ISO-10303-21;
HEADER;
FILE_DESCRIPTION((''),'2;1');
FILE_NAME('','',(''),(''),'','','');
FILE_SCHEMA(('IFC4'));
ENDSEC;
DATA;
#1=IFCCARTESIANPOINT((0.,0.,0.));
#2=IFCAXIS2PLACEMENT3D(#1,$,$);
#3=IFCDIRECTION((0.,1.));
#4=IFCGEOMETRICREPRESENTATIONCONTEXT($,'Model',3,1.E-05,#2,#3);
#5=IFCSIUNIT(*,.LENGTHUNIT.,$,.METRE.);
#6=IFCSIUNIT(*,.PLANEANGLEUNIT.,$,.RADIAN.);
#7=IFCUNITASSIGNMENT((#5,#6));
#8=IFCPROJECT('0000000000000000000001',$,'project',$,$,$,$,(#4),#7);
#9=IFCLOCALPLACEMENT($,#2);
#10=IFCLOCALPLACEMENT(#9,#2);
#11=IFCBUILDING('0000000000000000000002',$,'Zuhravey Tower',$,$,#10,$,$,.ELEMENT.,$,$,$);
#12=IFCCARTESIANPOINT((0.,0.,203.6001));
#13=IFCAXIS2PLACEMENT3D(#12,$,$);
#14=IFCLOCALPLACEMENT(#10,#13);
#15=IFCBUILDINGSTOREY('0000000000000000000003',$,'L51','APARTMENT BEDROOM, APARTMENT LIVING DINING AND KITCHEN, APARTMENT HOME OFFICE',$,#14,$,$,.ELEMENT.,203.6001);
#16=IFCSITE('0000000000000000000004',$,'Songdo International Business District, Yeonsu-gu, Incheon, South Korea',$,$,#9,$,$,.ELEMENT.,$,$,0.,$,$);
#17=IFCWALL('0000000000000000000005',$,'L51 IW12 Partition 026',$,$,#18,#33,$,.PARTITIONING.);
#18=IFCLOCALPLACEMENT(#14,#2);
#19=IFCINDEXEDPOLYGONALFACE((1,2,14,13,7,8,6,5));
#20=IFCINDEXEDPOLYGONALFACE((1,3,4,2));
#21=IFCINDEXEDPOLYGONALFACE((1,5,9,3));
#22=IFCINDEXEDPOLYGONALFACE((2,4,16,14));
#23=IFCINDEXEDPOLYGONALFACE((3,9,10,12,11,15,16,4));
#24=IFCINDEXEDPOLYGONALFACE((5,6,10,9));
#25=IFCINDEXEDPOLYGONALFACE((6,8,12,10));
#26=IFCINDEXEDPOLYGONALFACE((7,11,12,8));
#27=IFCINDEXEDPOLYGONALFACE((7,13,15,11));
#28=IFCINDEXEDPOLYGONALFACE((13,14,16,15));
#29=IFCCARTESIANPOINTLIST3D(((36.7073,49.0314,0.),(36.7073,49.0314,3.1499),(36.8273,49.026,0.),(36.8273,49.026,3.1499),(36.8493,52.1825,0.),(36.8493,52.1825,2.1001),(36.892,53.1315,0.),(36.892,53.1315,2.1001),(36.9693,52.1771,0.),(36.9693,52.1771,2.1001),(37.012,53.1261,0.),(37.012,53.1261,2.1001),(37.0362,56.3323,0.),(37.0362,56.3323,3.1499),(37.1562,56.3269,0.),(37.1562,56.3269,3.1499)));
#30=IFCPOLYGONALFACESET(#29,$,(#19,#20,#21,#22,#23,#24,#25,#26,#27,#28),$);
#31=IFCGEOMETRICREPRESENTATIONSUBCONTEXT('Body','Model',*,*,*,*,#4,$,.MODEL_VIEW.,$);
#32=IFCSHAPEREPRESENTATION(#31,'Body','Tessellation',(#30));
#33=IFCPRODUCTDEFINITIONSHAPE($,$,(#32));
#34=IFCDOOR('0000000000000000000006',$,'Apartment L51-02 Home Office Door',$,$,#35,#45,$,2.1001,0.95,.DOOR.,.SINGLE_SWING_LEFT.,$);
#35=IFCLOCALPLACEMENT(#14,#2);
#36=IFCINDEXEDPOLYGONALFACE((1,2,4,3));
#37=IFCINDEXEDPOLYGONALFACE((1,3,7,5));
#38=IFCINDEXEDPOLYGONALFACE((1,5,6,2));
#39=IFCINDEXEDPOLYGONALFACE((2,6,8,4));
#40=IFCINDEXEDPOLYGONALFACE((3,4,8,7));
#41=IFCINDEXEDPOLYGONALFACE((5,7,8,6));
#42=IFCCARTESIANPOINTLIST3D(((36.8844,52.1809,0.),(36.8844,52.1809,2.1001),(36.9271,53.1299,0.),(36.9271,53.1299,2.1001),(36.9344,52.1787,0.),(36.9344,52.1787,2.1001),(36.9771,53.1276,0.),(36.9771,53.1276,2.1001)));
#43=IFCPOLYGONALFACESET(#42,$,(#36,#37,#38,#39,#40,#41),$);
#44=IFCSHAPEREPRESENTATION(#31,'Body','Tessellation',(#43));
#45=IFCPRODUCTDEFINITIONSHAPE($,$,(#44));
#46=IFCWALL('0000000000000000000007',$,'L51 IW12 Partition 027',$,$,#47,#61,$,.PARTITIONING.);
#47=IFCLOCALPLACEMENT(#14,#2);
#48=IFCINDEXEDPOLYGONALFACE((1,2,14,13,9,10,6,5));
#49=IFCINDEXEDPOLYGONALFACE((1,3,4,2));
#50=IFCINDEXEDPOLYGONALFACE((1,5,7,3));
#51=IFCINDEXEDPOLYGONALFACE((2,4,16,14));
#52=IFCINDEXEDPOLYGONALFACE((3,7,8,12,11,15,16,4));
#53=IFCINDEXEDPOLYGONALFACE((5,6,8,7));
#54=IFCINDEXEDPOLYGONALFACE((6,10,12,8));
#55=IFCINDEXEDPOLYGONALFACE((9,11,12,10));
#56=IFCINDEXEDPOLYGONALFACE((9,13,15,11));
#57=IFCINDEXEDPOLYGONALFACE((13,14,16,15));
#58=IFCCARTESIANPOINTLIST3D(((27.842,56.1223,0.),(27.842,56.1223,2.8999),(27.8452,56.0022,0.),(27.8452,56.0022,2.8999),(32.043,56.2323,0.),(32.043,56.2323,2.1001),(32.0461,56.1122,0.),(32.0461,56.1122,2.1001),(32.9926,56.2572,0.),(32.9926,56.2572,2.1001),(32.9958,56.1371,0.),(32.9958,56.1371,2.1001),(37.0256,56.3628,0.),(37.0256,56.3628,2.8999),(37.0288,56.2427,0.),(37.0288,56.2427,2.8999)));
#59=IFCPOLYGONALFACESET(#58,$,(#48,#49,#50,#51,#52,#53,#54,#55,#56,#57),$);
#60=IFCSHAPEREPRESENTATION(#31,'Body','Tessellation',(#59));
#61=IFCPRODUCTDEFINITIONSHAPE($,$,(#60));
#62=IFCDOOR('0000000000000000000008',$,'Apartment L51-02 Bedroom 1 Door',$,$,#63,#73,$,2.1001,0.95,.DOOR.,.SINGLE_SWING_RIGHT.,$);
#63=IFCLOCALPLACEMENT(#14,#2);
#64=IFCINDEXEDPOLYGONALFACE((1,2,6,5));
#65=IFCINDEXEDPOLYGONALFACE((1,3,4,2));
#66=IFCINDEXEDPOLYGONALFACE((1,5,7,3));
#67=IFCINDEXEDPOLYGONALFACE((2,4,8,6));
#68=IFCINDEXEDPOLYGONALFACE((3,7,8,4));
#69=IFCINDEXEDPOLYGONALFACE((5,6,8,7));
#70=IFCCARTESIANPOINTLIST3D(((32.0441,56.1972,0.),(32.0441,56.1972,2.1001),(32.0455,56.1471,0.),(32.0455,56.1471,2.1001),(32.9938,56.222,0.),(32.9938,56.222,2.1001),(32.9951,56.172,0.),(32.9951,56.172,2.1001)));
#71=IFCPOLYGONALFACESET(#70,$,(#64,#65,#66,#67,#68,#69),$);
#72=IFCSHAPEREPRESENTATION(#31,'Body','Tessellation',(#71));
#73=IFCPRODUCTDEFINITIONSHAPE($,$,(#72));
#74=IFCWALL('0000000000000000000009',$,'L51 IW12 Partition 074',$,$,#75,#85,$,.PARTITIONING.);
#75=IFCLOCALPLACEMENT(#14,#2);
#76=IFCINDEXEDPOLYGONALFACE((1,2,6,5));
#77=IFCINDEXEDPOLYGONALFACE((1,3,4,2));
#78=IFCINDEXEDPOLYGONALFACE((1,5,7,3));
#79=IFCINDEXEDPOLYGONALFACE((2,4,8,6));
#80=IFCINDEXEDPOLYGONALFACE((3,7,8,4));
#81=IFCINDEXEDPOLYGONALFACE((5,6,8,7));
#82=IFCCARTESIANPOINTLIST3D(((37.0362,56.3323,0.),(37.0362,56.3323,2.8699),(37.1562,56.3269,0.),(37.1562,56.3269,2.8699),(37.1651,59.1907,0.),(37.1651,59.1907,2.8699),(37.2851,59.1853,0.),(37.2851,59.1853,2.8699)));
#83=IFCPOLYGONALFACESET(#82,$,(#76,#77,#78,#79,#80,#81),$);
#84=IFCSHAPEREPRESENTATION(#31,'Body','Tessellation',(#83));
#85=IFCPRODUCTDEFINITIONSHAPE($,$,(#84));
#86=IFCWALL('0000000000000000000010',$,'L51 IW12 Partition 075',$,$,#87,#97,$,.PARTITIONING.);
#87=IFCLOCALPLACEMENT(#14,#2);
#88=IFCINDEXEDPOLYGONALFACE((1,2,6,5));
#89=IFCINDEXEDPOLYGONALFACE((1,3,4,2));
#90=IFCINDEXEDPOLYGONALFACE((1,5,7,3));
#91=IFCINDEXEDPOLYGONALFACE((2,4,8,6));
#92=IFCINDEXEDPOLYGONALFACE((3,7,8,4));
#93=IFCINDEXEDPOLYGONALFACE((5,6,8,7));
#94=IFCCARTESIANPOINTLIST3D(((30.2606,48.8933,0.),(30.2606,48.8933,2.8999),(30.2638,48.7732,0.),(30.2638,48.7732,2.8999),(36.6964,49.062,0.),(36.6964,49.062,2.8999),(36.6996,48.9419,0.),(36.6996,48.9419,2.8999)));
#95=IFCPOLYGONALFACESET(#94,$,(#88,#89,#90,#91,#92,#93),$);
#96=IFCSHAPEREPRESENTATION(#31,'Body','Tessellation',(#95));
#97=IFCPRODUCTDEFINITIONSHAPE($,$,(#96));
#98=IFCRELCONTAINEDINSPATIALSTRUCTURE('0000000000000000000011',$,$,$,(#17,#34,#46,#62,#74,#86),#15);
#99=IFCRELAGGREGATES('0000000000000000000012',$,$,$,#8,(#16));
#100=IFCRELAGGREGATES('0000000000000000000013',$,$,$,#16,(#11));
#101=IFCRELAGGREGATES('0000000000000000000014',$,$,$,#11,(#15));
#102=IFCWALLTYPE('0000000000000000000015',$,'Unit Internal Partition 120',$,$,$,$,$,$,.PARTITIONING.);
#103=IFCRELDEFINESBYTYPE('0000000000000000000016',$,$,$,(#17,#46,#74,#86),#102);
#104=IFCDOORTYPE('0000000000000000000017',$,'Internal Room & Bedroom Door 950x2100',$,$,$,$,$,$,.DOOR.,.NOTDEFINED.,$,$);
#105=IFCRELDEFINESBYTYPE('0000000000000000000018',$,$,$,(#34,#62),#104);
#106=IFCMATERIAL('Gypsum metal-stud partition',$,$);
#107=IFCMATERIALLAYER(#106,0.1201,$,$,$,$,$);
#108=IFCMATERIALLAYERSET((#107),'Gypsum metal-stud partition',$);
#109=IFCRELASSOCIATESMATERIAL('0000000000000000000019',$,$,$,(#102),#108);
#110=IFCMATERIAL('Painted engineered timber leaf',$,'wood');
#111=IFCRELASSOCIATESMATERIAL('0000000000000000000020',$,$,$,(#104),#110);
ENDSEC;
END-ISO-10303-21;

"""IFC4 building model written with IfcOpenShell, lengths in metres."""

from ifc_helpers import new_model, si_unit, direction, frame, frame_2d, origin, place, context, subcontext, project, spatial, rectangle, extrude, material, layer, layer_set, type_object, element, fill, save


model = new_model("IFC4")

# Units and contexts
model_context = context("Model", 3, precision=1e-05, world=origin(), true_north=direction((0.0, 1.0)))
body_context = subcontext(model_context, "Body", "Model", "MODEL_VIEW")
ifc_project = project(units=[si_unit("LENGTHUNIT", "METRE"), si_unit("PLANEANGLEUNIT", "RADIAN")], contexts=[model_context])

# Site, building, storey
site_placement = place(None, origin())
site = spatial("IfcSite", under=ifc_project, at=site_placement, Name="Songdo International Business District, Yeonsu-gu, Incheon, South Korea", CompositionType="ELEMENT", RefElevation=0.0)
building_placement = place(site_placement, origin())
building = spatial("IfcBuilding", under=site, at=building_placement, Name="Zuhravey Tower", CompositionType="ELEMENT")
storey_placement = place(building_placement, frame((0.0, 0.0, 203.6001)))
storey = spatial("IfcBuildingStorey", under=building, at=storey_placement, Name="L51", Description="APARTMENT BEDROOM, APARTMENT LIVING DINING AND KITCHEN, APARTMENT HOME OFFICE", CompositionType="ELEMENT", Elevation=203.6001)

# Walls, openings, doors
ifc_material_1 = material(Name="Gypsum metal-stud partition")
ifc_layer_1 = layer(ifc_material_1, 0.1201)
ifc_layer_set_1 = layer_set([ifc_layer_1], Name="Gypsum metal-stud partition")
wall_type_1 = type_object("IfcWallType", Name="Unit Internal Partition 120", PredefinedType="PARTITIONING", material=ifc_layer_set_1)
ifc_material_2 = material(Name="Painted engineered timber leaf", Category="wood")
door_type_1 = type_object("IfcDoorType", Name="Internal Room & Bedroom Door 950x2100", OperationType="NOTDEFINED", PredefinedType="DOOR", material=ifc_material_2)
wall_1_placement = place(storey_placement, frame((36.7673, 49.0286, 0.0), z_axis=(0.0, 0.0, 1.0), x_axis=(0.044997, 0.998987, 0.0)))
wall_1 = element("IfcWall", 1, at=wall_1_placement, inside=storey, type_object=wall_type_1, Name="L51 IW12 Partition 026", PredefinedType="PARTITIONING", context=body_context, shape_type="SweptSolid", body=[
    extrude(rectangle(XDim=7.3083, YDim=0.1201, at=frame_2d((3.6543, 0.0))), origin(), (0.0, 0.0, 1.0), 3.1499),
])
opening_1_placement = place(wall_1_placement, frame((3.1543, 0.0, 0.0)))
opening_1 = element("IfcOpeningElement", 2, at=opening_1_placement, cuts=wall_1, PredefinedType="OPENING", context=body_context, shape_type="SweptSolid", body=[
    extrude(rectangle(XDim=0.95, YDim=2.1001, at=frame_2d((0.4751, 1.05))), frame((0.0, 0.072, 0.0), z_axis=(0.0, -1.0, 0.0), x_axis=(1.0, 0.0, 0.0)), (0.0, 0.0, 1.0), 0.144),
])
door_1_placement = place(opening_1_placement, origin())
door_1 = element("IfcDoor", 3, at=door_1_placement, inside=storey, type_object=door_type_1, Name="Apartment L51-02 Home Office Door", OperationType="SINGLE_SWING_LEFT", OverallHeight=2.1001, OverallWidth=0.95, PredefinedType="DOOR", context=body_context, shape_type="SweptSolid", body=[
    extrude(rectangle(XDim=0.95, YDim=2.1001, at=frame_2d((0.4751, 1.05))), frame((0.0, 0.0249, 0.0), z_axis=(0.0, -1.0, 0.0), x_axis=(1.0, 0.0, 0.0)), (0.0, 0.0, 1.0), 0.05),
])
fill(opening_1, door_1)
wall_2_placement = place(storey_placement, frame((37.0271, 56.3027, 0.0), z_axis=(0.0, 0.0, 1.0), x_axis=(-0.999657, -0.026177, 0.0)))
wall_2 = element("IfcWall", 4, at=wall_2_placement, inside=storey, type_object=wall_type_1, Name="L51 IW12 Partition 027", PredefinedType="PARTITIONING", context=body_context, shape_type="SweptSolid", body=[
    extrude(rectangle(XDim=9.1868, YDim=0.1201, at=frame_2d((4.5933, 0.0))), origin(), (0.0, 0.0, 1.0), 2.8999),
])
opening_2_placement = place(wall_2_placement, frame((4.0342, 0.0, 0.0)))
opening_2 = element("IfcOpeningElement", 5, at=opening_2_placement, cuts=wall_2, PredefinedType="OPENING", context=body_context, shape_type="SweptSolid", body=[
    extrude(rectangle(XDim=0.95, YDim=2.1001, at=frame_2d((0.4751, 1.05))), frame((0.0, 0.072, 0.0), z_axis=(0.0, -1.0, 0.0), x_axis=(1.0, 0.0, 0.0)), (0.0, 0.0, 1.0), 0.144),
])
door_2_placement = place(opening_2_placement, frame((0.95, 0.0, 0.0), z_axis=(0.0, 0.0, 1.0), x_axis=(-1.0, 0.0, 0.0)))
door_2 = element("IfcDoor", 6, at=door_2_placement, inside=storey, type_object=door_type_1, Name="Apartment L51-02 Bedroom 1 Door", OperationType="SINGLE_SWING_RIGHT", OverallHeight=2.1001, OverallWidth=0.95, PredefinedType="DOOR", context=body_context, shape_type="SweptSolid", body=[
    extrude(rectangle(XDim=0.95, YDim=2.1001, at=frame_2d((0.4751, 1.05))), frame((0.0, 0.0249, 0.0), z_axis=(0.0, -1.0, 0.0), x_axis=(1.0, 0.0, 0.0)), (0.0, 0.0, 1.0), 0.05),
])
fill(opening_2, door_2)

# Walls
wall_3_placement = place(storey_placement, frame((37.0962, 56.3296, 0.0), z_axis=(0.0, 0.0, 1.0), x_axis=(0.045052, 0.998985, 0.0)))
element("IfcWall", 7, at=wall_3_placement, inside=storey, type_object=wall_type_1, Name="L51 IW12 Partition 074", PredefinedType="PARTITIONING", context=body_context, shape_type="SweptSolid", body=[
    extrude(rectangle(XDim=2.8613, YDim=0.1201, at=frame_2d((1.4307, 0.0))), origin(), (0.0, 0.0, 1.0), 2.8699),
])
wall_4_placement = place(storey_placement, frame((36.698, 49.002, 0.0), z_axis=(0.0, 0.0, 1.0), x_axis=(-0.999657, -0.026204, 0.0)))
element("IfcWall", 8, at=wall_4_placement, inside=storey, type_object=wall_type_1, Name="L51 IW12 Partition 075", PredefinedType="PARTITIONING", context=body_context, shape_type="SweptSolid", body=[
    extrude(rectangle(XDim=6.438, YDim=0.1201, at=frame_2d((3.219, 0.0))), origin(), (0.0, 0.0, 1.0), 2.8999),
])

save(model, "model.ifc")
